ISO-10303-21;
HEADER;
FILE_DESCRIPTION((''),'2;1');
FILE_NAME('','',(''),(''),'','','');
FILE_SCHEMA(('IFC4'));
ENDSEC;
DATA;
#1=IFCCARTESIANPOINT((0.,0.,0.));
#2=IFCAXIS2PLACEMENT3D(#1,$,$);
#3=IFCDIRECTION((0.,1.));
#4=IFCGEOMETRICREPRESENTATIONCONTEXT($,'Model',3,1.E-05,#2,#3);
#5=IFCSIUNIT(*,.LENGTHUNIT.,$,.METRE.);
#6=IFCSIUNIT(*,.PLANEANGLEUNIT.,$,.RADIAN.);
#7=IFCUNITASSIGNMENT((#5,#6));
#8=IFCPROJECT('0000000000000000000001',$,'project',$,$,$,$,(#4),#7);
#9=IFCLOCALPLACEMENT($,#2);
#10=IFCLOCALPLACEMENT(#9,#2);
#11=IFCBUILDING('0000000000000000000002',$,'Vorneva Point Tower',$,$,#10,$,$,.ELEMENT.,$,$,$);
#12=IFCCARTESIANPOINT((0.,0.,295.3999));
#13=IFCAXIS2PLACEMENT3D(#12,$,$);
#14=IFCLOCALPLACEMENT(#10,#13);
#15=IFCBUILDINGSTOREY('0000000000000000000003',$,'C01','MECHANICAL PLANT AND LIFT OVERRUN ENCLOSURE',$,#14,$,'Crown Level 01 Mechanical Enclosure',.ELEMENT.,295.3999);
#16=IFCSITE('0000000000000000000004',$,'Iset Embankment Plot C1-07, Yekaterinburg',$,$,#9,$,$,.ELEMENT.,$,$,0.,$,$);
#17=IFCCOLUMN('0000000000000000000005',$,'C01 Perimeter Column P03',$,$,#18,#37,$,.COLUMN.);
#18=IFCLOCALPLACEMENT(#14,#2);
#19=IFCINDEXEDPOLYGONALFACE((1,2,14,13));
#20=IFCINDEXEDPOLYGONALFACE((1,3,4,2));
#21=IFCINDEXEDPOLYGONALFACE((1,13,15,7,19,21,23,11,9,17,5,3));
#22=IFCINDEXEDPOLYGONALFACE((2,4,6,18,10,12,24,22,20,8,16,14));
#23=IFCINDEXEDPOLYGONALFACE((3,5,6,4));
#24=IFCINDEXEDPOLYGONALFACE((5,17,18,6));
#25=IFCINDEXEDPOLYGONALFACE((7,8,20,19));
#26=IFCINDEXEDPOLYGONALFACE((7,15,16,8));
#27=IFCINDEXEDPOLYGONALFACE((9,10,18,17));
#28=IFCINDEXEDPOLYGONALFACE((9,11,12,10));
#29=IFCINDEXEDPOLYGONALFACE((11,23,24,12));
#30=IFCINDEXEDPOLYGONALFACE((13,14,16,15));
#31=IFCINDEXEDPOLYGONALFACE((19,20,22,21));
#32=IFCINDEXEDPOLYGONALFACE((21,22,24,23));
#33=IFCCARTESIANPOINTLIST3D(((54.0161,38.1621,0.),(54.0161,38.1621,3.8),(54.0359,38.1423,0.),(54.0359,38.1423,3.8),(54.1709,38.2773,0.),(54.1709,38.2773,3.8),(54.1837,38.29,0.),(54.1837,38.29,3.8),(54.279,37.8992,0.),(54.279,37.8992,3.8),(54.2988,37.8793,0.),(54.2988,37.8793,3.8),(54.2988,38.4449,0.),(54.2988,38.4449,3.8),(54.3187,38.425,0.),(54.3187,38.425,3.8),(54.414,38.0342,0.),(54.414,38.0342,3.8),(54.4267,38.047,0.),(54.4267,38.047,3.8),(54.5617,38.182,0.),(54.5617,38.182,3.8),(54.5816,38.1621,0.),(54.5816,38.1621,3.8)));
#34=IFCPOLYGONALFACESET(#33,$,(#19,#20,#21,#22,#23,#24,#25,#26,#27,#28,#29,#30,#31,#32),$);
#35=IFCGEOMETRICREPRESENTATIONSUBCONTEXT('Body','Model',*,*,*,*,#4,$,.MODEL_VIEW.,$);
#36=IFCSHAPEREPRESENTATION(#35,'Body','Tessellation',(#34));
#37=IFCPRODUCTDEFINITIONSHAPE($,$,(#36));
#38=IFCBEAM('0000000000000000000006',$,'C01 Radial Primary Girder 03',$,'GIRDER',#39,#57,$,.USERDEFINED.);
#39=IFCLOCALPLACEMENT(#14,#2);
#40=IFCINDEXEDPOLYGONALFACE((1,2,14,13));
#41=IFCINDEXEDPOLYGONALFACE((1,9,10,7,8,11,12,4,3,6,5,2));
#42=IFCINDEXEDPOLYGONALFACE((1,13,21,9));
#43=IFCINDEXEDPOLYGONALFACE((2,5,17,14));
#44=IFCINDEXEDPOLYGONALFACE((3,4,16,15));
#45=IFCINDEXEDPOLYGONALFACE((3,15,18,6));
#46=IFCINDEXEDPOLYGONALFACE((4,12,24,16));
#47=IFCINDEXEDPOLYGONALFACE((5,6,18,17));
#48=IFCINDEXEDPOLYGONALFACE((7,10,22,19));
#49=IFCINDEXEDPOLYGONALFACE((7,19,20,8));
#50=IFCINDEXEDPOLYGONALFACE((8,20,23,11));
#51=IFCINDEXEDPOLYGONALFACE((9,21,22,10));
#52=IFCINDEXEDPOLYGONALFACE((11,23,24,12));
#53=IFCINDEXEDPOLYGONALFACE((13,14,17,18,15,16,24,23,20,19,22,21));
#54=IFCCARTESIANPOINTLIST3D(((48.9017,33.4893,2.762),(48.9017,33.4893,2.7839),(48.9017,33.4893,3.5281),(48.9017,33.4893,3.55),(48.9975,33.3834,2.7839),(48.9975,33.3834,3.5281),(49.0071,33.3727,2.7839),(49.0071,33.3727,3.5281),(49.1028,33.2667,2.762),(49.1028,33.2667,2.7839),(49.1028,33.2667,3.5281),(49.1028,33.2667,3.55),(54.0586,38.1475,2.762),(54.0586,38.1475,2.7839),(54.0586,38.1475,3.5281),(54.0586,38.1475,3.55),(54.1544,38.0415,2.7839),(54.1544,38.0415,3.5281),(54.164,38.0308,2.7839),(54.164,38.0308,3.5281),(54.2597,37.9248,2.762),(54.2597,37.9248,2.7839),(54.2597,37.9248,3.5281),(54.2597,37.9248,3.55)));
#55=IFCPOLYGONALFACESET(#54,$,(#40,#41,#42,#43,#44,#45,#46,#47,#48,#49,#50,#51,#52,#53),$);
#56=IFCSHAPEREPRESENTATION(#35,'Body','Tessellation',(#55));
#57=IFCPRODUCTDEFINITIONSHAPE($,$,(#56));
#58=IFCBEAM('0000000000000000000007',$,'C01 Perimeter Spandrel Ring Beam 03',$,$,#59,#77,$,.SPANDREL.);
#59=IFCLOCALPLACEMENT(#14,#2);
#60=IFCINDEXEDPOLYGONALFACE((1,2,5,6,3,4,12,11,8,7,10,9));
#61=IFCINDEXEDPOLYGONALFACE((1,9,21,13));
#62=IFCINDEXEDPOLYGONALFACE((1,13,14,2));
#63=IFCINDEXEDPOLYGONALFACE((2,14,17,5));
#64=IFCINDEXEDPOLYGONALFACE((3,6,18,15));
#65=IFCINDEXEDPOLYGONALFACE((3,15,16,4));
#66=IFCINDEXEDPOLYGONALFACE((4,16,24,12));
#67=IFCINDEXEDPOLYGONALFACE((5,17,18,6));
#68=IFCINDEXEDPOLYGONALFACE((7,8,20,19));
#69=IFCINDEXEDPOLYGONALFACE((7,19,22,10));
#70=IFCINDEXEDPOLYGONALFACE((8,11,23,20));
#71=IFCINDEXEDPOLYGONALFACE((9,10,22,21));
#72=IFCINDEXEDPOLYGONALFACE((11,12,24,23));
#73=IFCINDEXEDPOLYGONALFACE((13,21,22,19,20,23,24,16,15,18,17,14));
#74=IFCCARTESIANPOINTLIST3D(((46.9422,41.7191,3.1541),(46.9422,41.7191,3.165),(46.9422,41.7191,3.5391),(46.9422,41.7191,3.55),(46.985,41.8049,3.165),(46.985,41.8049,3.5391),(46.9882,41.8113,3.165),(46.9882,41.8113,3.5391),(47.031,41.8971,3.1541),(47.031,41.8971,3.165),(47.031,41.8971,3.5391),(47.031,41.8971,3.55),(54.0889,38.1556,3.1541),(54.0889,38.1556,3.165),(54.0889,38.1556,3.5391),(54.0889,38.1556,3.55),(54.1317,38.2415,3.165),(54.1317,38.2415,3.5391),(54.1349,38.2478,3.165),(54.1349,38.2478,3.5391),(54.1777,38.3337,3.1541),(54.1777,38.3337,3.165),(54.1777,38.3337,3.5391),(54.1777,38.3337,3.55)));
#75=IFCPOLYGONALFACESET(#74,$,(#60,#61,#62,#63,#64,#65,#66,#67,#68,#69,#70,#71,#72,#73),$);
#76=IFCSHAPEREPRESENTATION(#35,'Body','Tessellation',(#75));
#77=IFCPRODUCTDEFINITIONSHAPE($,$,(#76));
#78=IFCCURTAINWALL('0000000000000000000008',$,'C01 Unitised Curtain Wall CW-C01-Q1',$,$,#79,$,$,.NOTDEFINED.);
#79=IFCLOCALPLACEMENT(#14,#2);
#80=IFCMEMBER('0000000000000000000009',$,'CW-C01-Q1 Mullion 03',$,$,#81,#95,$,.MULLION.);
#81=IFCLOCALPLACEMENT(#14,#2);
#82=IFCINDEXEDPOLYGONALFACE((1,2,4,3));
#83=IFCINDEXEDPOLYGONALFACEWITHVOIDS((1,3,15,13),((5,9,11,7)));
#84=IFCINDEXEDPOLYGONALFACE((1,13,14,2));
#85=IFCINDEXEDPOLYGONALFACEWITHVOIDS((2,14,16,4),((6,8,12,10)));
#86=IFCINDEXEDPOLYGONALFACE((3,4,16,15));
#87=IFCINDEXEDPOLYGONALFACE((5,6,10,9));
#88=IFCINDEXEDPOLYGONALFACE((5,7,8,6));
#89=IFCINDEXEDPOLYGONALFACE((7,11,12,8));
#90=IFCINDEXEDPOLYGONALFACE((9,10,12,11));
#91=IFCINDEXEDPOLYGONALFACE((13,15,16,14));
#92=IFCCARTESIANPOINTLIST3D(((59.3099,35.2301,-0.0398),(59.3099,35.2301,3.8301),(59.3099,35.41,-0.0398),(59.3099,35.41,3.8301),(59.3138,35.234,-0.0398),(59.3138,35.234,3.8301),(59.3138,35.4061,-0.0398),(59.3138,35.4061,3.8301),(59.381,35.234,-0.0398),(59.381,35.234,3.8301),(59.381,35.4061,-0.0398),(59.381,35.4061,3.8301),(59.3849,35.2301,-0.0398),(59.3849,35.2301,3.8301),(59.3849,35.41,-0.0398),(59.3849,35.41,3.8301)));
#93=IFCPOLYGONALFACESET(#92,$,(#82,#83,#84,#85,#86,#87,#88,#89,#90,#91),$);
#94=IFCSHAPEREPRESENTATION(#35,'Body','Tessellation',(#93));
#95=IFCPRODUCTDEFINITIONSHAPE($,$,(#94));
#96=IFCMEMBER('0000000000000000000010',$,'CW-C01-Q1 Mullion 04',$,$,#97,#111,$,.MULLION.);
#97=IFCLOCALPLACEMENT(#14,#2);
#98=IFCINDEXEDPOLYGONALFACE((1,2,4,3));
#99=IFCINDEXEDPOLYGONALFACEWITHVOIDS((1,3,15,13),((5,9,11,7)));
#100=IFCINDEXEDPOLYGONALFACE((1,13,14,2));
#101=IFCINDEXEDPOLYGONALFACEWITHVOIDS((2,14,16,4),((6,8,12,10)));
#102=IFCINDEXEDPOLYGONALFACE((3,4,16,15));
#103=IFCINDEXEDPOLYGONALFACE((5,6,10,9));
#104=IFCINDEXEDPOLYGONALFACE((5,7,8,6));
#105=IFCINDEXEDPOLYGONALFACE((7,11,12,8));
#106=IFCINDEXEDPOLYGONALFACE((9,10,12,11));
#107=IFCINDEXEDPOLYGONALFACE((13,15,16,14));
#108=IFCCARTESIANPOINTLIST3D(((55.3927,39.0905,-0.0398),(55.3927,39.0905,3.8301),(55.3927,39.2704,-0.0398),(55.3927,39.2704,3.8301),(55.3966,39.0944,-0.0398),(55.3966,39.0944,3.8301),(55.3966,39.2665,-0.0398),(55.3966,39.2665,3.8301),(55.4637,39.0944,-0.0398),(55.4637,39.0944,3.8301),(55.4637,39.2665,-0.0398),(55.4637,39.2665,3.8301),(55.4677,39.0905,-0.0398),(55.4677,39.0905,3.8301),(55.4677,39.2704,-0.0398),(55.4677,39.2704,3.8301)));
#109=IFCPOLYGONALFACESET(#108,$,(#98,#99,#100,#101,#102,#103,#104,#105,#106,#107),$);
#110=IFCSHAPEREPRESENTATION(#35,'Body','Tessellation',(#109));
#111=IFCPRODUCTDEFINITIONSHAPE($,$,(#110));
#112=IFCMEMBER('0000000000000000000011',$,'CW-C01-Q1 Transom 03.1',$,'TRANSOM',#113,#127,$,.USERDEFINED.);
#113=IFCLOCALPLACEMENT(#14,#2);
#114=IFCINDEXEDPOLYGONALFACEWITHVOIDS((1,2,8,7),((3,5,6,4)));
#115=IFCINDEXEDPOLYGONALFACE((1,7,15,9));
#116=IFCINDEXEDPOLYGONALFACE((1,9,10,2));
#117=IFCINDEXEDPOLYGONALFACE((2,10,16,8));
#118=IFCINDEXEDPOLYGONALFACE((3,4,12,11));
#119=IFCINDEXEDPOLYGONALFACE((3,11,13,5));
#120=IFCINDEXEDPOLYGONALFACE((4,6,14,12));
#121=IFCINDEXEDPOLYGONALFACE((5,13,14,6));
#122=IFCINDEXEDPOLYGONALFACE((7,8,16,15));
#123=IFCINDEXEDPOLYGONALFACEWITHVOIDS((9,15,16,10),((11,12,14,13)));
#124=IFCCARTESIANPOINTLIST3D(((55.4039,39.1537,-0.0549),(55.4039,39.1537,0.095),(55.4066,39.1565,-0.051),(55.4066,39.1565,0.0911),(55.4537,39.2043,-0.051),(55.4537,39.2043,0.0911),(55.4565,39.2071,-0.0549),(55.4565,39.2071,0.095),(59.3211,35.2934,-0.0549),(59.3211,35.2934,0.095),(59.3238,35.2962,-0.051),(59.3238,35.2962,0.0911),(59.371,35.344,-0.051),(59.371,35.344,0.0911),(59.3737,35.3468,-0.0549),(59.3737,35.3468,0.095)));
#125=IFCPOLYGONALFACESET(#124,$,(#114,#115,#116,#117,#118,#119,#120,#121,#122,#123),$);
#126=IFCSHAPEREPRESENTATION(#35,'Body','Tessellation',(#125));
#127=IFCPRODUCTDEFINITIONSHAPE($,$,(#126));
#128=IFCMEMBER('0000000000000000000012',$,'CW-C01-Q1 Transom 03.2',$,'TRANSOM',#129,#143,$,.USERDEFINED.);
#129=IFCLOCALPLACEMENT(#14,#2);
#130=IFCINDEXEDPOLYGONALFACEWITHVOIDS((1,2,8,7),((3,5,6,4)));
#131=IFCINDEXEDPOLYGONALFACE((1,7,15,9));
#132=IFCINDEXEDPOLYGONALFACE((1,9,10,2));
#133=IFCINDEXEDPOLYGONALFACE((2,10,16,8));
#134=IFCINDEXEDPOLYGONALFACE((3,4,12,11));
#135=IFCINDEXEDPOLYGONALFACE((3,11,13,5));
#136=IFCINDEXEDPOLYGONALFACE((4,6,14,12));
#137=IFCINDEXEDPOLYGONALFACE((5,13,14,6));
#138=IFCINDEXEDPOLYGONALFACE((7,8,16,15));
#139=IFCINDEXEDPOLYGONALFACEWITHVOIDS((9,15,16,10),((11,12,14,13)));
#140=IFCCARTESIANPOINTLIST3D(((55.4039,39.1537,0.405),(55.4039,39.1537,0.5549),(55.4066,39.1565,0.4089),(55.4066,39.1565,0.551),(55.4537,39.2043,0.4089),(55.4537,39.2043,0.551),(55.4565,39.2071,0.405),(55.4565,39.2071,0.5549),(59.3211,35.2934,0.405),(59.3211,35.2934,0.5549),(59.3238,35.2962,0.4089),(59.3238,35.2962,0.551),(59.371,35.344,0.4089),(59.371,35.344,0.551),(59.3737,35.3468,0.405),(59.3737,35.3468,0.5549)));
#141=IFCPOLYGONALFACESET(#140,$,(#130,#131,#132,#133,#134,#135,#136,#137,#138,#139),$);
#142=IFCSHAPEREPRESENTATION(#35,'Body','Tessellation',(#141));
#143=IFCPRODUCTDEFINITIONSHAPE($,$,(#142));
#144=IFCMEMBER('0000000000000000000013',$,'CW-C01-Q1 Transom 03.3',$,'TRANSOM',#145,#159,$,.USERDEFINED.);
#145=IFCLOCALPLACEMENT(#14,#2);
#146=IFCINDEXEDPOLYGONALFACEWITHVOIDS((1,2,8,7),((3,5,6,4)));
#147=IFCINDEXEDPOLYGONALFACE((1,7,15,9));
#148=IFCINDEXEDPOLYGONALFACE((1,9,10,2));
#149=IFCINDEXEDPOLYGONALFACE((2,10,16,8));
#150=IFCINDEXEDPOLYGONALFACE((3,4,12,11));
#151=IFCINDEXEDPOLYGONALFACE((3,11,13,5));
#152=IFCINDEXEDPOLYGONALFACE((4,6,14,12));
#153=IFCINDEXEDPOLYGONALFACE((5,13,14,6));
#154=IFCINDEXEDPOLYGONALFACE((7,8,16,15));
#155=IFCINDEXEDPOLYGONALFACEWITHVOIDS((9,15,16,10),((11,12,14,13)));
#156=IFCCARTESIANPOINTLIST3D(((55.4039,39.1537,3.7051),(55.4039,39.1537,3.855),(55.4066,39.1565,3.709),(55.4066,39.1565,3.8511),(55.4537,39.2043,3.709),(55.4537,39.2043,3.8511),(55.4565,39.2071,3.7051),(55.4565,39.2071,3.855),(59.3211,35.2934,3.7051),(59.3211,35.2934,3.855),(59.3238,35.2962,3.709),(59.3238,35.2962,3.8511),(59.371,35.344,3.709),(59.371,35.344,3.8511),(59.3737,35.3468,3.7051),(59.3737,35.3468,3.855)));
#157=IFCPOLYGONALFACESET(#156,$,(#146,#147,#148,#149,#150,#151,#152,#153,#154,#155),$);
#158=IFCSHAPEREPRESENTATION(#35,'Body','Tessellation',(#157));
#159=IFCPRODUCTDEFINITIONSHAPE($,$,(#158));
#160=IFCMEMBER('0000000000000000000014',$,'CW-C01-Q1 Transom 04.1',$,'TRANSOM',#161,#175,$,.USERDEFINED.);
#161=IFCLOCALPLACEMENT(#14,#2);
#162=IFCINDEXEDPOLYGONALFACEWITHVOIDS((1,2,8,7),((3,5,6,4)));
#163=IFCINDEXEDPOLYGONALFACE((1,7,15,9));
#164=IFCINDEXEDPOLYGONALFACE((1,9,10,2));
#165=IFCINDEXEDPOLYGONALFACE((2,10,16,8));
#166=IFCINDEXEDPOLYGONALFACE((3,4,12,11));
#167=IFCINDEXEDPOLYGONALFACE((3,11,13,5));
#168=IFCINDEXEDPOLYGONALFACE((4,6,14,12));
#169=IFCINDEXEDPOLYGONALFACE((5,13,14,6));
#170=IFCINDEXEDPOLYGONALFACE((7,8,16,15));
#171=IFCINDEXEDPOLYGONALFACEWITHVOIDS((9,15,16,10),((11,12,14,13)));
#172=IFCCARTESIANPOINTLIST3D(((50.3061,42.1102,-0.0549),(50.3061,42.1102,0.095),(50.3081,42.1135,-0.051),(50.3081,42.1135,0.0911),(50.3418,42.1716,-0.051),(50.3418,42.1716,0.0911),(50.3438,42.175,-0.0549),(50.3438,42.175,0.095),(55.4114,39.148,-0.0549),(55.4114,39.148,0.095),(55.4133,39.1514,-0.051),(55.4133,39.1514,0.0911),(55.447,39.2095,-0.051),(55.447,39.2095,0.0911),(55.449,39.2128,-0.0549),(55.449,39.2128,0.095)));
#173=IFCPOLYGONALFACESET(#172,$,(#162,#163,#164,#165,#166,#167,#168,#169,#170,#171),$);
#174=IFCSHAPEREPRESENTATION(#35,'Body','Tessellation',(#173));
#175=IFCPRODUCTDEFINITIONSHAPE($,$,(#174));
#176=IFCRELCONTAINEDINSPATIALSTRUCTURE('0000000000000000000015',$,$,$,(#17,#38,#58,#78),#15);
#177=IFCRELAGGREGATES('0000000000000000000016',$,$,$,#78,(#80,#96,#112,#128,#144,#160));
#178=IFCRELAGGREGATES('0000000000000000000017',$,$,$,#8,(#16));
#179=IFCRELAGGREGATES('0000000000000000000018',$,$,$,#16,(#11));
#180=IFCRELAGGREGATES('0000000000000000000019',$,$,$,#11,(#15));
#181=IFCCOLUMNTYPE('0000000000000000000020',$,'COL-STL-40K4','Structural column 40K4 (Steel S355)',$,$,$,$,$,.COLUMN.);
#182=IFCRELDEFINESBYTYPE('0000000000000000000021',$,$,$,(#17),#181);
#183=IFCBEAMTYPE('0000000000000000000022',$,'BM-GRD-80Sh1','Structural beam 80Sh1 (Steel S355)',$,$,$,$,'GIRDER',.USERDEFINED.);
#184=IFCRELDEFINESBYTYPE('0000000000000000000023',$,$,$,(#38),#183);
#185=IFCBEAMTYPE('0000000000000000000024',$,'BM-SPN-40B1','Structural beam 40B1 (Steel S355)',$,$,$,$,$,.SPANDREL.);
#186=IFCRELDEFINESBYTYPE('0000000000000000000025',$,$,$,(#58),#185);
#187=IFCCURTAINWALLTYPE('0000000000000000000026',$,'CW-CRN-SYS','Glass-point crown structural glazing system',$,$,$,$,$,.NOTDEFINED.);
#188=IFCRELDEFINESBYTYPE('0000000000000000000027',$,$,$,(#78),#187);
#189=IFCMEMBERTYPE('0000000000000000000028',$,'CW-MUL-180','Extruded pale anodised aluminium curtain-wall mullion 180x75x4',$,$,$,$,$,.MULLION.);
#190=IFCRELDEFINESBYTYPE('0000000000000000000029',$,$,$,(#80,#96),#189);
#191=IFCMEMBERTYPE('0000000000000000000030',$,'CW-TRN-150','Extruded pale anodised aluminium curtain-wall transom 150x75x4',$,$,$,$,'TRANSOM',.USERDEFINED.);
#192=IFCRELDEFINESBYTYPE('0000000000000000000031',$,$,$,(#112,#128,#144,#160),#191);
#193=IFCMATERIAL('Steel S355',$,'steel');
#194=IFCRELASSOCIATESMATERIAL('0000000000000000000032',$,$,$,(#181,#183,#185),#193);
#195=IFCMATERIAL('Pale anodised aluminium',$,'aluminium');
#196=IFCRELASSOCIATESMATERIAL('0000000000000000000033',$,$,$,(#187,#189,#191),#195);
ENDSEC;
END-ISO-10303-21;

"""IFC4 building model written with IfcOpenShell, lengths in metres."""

from ifc_helpers import new_model, si_unit, direction, frame, origin, origin_2d, place, context, subcontext, project, spatial, hollow_rectangle, i_section, extrude, material, material_profile, profile_set, type_object, element, aggregate, save


model = new_model("IFC4")

# Units and contexts
model_context = context("Model", 3, precision=1e-05, world=origin(), true_north=direction((0.0, 1.0)))
body_context = subcontext(model_context, "Body", "Model", "MODEL_VIEW")
ifc_project = project(units=[si_unit("LENGTHUNIT", "METRE"), si_unit("PLANEANGLEUNIT", "RADIAN")], contexts=[model_context])

# Site, building, storey
site_placement = place(None, origin())
site = spatial("IfcSite", under=ifc_project, at=site_placement, Name="Iset Embankment Plot C1-07, Yekaterinburg", CompositionType="ELEMENT", RefElevation=0.0)
building_placement = place(site_placement, origin())
building = spatial("IfcBuilding", under=site, at=building_placement, Name="Vorneva Point Tower", CompositionType="ELEMENT")
storey_placement = place(building_placement, frame((0.0, 0.0, 295.3999)))
storey = spatial("IfcBuildingStorey", under=building, at=storey_placement, Name="C01", Description="MECHANICAL PLANT AND LIFT OVERRUN ENCLOSURE", LongName="Crown Level 01 Mechanical Enclosure", CompositionType="ELEMENT", Elevation=295.3999)

# Column
ifc_material_1 = material(Name="Steel S355", Category="steel")
ifc_material_profile_1 = material_profile(ifc_material_1, i_section(OverallWidth=0.3999, OverallDepth=0.3999, WebThickness=0.0181, FlangeThickness=0.0281, at=origin_2d()), Name="40K4")
ifc_profile_set_1 = profile_set([ifc_material_profile_1], Name="Steel S355")
column_type = type_object("IfcColumnType", Name="COL-STL-40K4", Description="Structural column 40K4 (Steel S355)", PredefinedType="COLUMN", material=ifc_profile_set_1)
column_placement = place(storey_placement, frame((54.2988, 38.1621, 0.0), z_axis=(0.0, 0.0, 1.0), x_axis=(0.707107, 0.707107, 0.0)))
element("IfcColumn", 1, at=column_placement, inside=storey, type_object=column_type, Name="C01 Perimeter Column P03", PredefinedType="COLUMN", context=body_context, shape_type="SweptSolid", body=[
    extrude(i_section(OverallWidth=0.3999, OverallDepth=0.3999, WebThickness=0.0181, FlangeThickness=0.0281, at=origin_2d()), origin(), (0.0, 0.0, 1.0), 3.8),
])

# Beams
ifc_material_profile_2 = material_profile(ifc_material_1, i_section(OverallWidth=0.3, OverallDepth=0.7881, WebThickness=0.0144, FlangeThickness=0.022, at=origin_2d()), Name="80Sh1")
ifc_profile_set_2 = profile_set([ifc_material_profile_2], Name="Steel S355")
beam_type_1 = type_object("IfcBeamType", Name="BM-GRD-80Sh1", Description="Structural beam 80Sh1 (Steel S355)", ElementType="GIRDER", PredefinedType="USERDEFINED", material=ifc_profile_set_2)
beam_1_placement = place(storey_placement, frame((54.1592, 38.0361, 3.156), z_axis=(-0.742082, -0.670309, 0.0), x_axis=(0.670309, -0.742082, 0.0)))
element("IfcBeam", 2, at=beam_1_placement, inside=storey, type_object=beam_type_1, Name="C01 Radial Primary Girder 03", ObjectType="GIRDER", PredefinedType="USERDEFINED", context=body_context, shape_type="SweptSolid", body=[
    extrude(i_section(OverallWidth=0.3, OverallDepth=0.7881, WebThickness=0.0144, FlangeThickness=0.022, at=origin_2d()), origin(), (0.0, 0.0, 1.0), 6.9492),
])
ifc_material_profile_3 = material_profile(ifc_material_1, i_section(OverallWidth=0.199, OverallDepth=0.396, WebThickness=0.0071, FlangeThickness=0.011, at=origin_2d()), Name="40B1")
ifc_profile_set_3 = profile_set([ifc_material_profile_3], Name="Steel S355")
beam_type_2 = type_object("IfcBeamType", Name="BM-SPN-40B1", Description="Structural beam 40B1 (Steel S355)", PredefinedType="SPANDREL", material=ifc_profile_set_3)
beam_2_placement = place(storey_placement, frame((54.1333, 38.2446, 3.3521), z_axis=(-0.894922, 0.446223, 0.0), x_axis=(-0.446223, -0.894922, 0.0)))
element("IfcBeam", 3, at=beam_2_placement, inside=storey, type_object=beam_type_2, Name="C01 Perimeter Spandrel Ring Beam 03", PredefinedType="SPANDREL", context=body_context, shape_type="SweptSolid", body=[
    extrude(i_section(OverallWidth=0.199, OverallDepth=0.396, WebThickness=0.0071, FlangeThickness=0.011, at=origin_2d()), origin(), (0.0, 0.0, 1.0), 7.9858),
])

# Curtain wall, members
ifc_material_2 = material(Name="Pale anodised aluminium", Category="aluminium")
curtain_wall_type = type_object("IfcCurtainWallType", Name="CW-CRN-SYS", Description="Glass-point crown structural glazing system", PredefinedType="NOTDEFINED", material=ifc_material_2)
curtain_wall_placement = place(storey_placement, origin())
curtain_wall = element("IfcCurtainWall", 4, at=curtain_wall_placement, inside=storey, type_object=curtain_wall_type, Name="C01 Unitised Curtain Wall CW-C01-Q1", PredefinedType="NOTDEFINED")
ifc_material_profile_4 = material_profile(ifc_material_2, hollow_rectangle(XDim=0.075, YDim=0.1799, WallThickness=0.0039, at=origin_2d()), Name="AL-MUL 180x75x4")
ifc_profile_set_4 = profile_set([ifc_material_profile_4], Name="Pale anodised aluminium")
member_type_1 = type_object("IfcMemberType", Name="CW-MUL-180", Description="Extruded pale anodised aluminium curtain-wall mullion 180x75x4", PredefinedType="MULLION", material=ifc_profile_set_4)
member_1_placement = place(storey_placement, frame((59.3474, 35.3201, -0.0398), z_axis=(0.0, 0.0, 1.0), x_axis=(1.0, 0.0, 0.0)))
member_1 = element("IfcMember", 5, at=member_1_placement, type_object=member_type_1, Name="CW-C01-Q1 Mullion 03", PredefinedType="MULLION", context=body_context, shape_type="SweptSolid", body=[
    extrude(hollow_rectangle(XDim=0.075, YDim=0.1799, WallThickness=0.0039, at=origin_2d()), origin(), (0.0, 0.0, 1.0), 3.8699),
])
member_2_placement = place(storey_placement, frame((55.4302, 39.1804, -0.0398), z_axis=(0.0, 0.0, 1.0), x_axis=(1.0, 0.0, 0.0)))
member_2 = element("IfcMember", 6, at=member_2_placement, type_object=member_type_1, Name="CW-C01-Q1 Mullion 04", PredefinedType="MULLION", context=body_context, shape_type="SweptSolid", body=[
    extrude(hollow_rectangle(XDim=0.075, YDim=0.1799, WallThickness=0.0039, at=origin_2d()), origin(), (0.0, 0.0, 1.0), 3.8699),
])
ifc_material_profile_5 = material_profile(ifc_material_2, hollow_rectangle(XDim=0.075, YDim=0.1499, WallThickness=0.0039, at=origin_2d()), Name="AL-TRN 150x75x4")
ifc_profile_set_5 = profile_set([ifc_material_profile_5], Name="Pale anodised aluminium")
member_type_2 = type_object("IfcMemberType", Name="CW-TRN-150", Description="Extruded pale anodised aluminium curtain-wall transom 150x75x4", ElementType="TRANSOM", PredefinedType="USERDEFINED", material=ifc_profile_set_5)
member_3_placement = place(storey_placement, frame((59.3474, 35.3201, 0.02), z_axis=(-0.712259, 0.701916, 0.0), x_axis=(-0.701916, -0.712259, 0.0)))
member_3 = element("IfcMember", 7, at=member_3_placement, type_object=member_type_2, Name="CW-C01-Q1 Transom 03.1", ObjectType="TRANSOM", PredefinedType="USERDEFINED", context=body_context, shape_type="SweptSolid", body=[
    extrude(hollow_rectangle(XDim=0.075, YDim=0.1499, WallThickness=0.0039, at=origin_2d()), origin(), (0.0, 0.0, 1.0), 5.4998),
])
member_4_placement = place(storey_placement, frame((59.3474, 35.3201, 0.48), z_axis=(-0.712259, 0.701916, 0.0), x_axis=(-0.701916, -0.712259, 0.0)))
member_4 = element("IfcMember", 8, at=member_4_placement, type_object=member_type_2, Name="CW-C01-Q1 Transom 03.2", ObjectType="TRANSOM", PredefinedType="USERDEFINED", context=body_context, shape_type="SweptSolid", body=[
    extrude(hollow_rectangle(XDim=0.075, YDim=0.1499, WallThickness=0.0039, at=origin_2d()), origin(), (0.0, 0.0, 1.0), 5.4998),
])
member_5_placement = place(storey_placement, frame((59.3474, 35.3201, 3.78), z_axis=(-0.712259, 0.701916, 0.0), x_axis=(-0.701916, -0.712259, 0.0)))
member_5 = element("IfcMember", 9, at=member_5_placement, type_object=member_type_2, Name="CW-C01-Q1 Transom 03.3", ObjectType="TRANSOM", PredefinedType="USERDEFINED", context=body_context, shape_type="SweptSolid", body=[
    extrude(hollow_rectangle(XDim=0.075, YDim=0.1499, WallThickness=0.0039, at=origin_2d()), origin(), (0.0, 0.0, 1.0), 5.4998),
])
member_6_placement = place(storey_placement, frame((55.4302, 39.1804, 0.02), z_axis=(-0.864948, 0.501861, 0.0), x_axis=(-0.501861, -0.864948, 0.0)))
member_6 = element("IfcMember", 10, at=member_6_placement, type_object=member_type_2, Name="CW-C01-Q1 Transom 04.1", ObjectType="TRANSOM", PredefinedType="USERDEFINED", context=body_context, shape_type="SweptSolid", body=[
    extrude(hollow_rectangle(XDim=0.075, YDim=0.1499, WallThickness=0.0039, at=origin_2d()), origin(), (0.0, 0.0, 1.0), 5.9023),
])

aggregate(curtain_wall, [member_1, member_2, member_3, member_4, member_5, member_6])

save(model, "model.ifc")
